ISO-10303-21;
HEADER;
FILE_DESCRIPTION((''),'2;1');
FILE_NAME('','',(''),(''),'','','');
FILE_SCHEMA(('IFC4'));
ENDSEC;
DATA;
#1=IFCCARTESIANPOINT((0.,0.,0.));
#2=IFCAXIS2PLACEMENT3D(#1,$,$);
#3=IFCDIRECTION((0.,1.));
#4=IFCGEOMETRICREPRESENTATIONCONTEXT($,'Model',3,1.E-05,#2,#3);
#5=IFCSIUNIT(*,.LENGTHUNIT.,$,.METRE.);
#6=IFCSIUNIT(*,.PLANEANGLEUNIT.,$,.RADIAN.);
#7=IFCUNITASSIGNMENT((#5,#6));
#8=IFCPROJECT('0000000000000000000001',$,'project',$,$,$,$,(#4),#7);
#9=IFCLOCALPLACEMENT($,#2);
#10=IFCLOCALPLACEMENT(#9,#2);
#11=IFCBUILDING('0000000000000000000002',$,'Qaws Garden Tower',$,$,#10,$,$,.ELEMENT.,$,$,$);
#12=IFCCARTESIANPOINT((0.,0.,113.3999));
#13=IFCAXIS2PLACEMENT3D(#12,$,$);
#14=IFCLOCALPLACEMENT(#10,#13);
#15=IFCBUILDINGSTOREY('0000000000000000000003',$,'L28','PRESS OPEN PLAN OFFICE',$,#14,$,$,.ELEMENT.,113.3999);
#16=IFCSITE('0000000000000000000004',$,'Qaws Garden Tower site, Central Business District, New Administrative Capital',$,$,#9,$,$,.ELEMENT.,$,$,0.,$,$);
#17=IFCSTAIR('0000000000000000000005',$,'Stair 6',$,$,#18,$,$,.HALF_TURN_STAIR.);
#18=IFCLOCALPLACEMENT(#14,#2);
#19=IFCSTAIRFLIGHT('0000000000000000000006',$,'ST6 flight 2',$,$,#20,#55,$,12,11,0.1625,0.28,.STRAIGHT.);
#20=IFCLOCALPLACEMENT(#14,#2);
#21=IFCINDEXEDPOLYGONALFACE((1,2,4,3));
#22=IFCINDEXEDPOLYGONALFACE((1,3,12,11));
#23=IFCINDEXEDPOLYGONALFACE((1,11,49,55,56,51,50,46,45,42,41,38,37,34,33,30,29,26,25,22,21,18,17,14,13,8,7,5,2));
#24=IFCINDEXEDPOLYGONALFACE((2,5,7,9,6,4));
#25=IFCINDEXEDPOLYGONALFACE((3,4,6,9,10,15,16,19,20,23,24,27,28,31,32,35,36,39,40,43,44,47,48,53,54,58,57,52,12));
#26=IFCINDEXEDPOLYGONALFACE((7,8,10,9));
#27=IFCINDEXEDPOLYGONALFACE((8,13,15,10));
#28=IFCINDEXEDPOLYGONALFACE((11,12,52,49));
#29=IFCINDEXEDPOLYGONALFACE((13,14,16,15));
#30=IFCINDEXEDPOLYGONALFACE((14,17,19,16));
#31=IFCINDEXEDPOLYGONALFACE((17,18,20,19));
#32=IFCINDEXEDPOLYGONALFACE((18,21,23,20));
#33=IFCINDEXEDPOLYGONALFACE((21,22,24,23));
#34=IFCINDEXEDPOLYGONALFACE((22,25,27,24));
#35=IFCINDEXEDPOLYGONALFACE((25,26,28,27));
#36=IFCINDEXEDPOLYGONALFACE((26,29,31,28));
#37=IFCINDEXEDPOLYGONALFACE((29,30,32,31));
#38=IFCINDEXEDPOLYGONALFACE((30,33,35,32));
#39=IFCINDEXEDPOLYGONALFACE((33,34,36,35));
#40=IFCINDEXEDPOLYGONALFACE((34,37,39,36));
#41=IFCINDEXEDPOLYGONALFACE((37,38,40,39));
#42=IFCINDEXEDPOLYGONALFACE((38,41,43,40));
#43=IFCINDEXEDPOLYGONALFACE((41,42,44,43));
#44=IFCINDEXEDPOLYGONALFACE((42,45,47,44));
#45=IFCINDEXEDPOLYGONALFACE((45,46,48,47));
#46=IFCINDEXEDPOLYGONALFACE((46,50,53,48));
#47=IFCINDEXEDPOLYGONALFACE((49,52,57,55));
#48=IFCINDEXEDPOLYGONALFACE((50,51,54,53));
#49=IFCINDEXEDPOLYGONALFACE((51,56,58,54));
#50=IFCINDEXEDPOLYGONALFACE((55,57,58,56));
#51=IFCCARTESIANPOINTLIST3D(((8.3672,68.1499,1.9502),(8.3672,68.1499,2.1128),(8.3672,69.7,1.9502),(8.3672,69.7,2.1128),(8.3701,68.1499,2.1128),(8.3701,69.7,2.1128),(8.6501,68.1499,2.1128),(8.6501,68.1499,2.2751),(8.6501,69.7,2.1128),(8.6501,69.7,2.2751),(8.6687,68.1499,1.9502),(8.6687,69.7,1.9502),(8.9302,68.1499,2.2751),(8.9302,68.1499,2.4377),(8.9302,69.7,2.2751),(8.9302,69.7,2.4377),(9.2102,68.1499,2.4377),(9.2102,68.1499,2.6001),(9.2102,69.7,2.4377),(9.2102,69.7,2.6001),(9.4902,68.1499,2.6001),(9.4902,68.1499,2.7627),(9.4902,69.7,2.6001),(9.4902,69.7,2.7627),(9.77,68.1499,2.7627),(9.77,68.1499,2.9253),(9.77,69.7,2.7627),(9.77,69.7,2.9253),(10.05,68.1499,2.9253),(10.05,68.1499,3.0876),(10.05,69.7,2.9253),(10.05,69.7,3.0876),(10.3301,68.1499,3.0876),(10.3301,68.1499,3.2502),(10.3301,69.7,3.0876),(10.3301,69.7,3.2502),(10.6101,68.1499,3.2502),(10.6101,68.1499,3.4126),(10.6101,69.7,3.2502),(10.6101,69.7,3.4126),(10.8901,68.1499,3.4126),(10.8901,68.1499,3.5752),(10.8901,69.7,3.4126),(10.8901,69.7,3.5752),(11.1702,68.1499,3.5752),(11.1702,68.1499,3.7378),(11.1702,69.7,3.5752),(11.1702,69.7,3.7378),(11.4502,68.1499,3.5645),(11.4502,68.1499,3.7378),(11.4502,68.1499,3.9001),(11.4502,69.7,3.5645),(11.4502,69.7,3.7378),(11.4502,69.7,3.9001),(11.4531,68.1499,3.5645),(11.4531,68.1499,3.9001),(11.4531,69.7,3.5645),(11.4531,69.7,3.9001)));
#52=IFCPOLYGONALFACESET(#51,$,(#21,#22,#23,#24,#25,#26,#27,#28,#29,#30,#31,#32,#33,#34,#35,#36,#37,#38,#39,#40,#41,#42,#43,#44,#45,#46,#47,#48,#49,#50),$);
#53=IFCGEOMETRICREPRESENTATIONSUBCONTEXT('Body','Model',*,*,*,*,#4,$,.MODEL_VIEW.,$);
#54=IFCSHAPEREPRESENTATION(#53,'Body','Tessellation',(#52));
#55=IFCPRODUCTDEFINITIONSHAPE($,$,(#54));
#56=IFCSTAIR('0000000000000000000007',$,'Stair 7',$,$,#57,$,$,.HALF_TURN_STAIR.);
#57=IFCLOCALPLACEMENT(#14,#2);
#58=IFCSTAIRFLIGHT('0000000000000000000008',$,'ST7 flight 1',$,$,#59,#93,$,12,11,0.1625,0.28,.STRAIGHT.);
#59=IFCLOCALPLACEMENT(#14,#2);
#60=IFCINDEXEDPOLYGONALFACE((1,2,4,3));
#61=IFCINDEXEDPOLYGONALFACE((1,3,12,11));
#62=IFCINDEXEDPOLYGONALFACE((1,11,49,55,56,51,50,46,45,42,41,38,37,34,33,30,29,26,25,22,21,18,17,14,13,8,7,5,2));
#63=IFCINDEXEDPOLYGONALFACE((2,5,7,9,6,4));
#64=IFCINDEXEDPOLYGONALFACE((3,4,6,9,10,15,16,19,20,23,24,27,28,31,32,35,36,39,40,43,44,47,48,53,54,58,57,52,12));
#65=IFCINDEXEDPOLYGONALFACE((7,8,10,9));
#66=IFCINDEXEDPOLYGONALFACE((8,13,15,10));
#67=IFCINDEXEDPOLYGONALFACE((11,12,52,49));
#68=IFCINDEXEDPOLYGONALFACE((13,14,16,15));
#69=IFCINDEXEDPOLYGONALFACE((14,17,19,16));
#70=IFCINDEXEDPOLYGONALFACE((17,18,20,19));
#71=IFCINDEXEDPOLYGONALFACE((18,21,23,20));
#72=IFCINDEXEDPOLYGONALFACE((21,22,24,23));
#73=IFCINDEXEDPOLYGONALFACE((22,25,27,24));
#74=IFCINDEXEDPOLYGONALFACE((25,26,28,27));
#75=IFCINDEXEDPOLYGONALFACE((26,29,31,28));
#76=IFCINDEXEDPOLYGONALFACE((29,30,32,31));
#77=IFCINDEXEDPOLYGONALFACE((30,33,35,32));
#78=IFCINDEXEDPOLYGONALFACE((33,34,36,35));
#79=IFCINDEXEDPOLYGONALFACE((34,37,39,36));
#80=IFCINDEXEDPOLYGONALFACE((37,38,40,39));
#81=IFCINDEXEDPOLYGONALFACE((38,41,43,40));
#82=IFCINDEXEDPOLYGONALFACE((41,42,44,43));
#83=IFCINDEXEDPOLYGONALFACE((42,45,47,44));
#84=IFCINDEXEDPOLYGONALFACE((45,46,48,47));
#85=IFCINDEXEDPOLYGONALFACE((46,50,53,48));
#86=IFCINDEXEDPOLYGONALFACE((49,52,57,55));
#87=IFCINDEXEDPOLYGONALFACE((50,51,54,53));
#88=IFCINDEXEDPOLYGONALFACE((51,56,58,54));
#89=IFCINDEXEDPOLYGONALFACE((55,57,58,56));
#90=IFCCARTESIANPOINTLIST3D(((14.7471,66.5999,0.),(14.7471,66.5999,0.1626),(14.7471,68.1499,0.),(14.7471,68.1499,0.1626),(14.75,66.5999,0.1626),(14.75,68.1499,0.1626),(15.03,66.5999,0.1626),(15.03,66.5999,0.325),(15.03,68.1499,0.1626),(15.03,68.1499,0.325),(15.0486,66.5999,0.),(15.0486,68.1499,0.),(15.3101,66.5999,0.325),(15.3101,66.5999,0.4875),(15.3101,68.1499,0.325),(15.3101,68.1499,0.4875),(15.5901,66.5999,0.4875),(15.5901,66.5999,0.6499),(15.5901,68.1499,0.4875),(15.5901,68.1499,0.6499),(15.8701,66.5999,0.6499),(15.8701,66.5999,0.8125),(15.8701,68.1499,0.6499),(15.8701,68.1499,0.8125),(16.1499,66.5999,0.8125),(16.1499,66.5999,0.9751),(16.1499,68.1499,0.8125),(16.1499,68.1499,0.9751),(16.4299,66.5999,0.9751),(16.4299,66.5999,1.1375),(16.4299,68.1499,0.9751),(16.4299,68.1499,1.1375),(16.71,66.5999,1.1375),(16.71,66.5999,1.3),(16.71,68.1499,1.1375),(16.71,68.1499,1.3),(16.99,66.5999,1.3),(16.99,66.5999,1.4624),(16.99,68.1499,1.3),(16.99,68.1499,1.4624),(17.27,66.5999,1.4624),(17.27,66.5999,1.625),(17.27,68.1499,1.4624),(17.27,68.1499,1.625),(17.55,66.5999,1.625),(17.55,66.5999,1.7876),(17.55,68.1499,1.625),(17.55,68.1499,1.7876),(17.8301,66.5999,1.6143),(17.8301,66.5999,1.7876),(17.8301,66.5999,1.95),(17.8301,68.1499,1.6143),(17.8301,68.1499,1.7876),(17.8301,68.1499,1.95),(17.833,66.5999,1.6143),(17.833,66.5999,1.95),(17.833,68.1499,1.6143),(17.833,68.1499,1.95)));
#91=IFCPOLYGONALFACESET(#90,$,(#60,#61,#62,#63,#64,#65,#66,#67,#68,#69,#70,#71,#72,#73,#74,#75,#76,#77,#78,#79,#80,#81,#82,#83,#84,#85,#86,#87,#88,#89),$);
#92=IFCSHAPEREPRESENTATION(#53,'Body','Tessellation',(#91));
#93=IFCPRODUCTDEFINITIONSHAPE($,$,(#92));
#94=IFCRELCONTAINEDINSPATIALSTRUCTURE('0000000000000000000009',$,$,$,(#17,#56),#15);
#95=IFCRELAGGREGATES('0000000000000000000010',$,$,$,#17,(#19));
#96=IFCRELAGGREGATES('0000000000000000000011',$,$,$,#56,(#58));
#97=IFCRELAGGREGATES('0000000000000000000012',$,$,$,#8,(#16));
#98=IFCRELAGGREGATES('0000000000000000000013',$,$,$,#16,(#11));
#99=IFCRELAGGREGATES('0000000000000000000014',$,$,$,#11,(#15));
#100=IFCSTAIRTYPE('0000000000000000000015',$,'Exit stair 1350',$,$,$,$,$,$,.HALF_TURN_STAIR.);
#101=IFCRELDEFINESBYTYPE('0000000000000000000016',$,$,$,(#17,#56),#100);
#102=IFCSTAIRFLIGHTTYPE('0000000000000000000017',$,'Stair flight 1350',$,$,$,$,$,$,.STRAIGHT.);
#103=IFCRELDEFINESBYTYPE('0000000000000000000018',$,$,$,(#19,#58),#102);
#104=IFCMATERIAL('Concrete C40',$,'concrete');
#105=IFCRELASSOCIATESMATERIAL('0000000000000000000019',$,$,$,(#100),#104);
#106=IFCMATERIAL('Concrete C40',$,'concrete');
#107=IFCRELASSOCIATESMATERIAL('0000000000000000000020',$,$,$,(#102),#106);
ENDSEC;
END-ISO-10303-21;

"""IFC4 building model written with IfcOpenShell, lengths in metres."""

from ifc_helpers import new_model, si_unit, direction, frame, origin, place, context, subcontext, project, spatial, polyline, outline, extrude, material, type_object, element, aggregate, save


model = new_model("IFC4")

# Units and contexts
model_context = context("Model", 3, precision=1e-05, world=origin(), true_north=direction((0.0, 1.0)))
body_context = subcontext(model_context, "Body", "Model", "MODEL_VIEW")
ifc_project = project(units=[si_unit("LENGTHUNIT", "METRE"), si_unit("PLANEANGLEUNIT", "RADIAN")], contexts=[model_context])

# Site, building, storey
site_placement = place(None, origin())
site = spatial("IfcSite", under=ifc_project, at=site_placement, Name="Qaws Garden Tower site, Central Business District, New Administrative Capital", CompositionType="ELEMENT", RefElevation=0.0)
building_placement = place(site_placement, origin())
building = spatial("IfcBuilding", under=site, at=building_placement, Name="Qaws Garden Tower", CompositionType="ELEMENT")
storey_placement = place(building_placement, frame((0.0, 0.0, 113.3999)))
storey = spatial("IfcBuildingStorey", under=building, at=storey_placement, Name="L28", Description="PRESS OPEN PLAN OFFICE", CompositionType="ELEMENT", Elevation=113.3999)

# Stair, stair flight
ifc_material_1 = material(Name="Concrete C40", Category="concrete")
stair_type = type_object("IfcStairType", Name="Exit stair 1350", PredefinedType="HALF_TURN_STAIR", material=ifc_material_1)
placement = place(storey_placement, origin())
stair_1 = element("IfcStair", 1, at=placement, inside=storey, type_object=stair_type, Name="Stair 6", PredefinedType="HALF_TURN_STAIR")
ifc_material_2 = material(Name="Concrete C40", Category="concrete")
stair_flight_type = type_object("IfcStairFlightType", Name="Stair flight 1350", PredefinedType="STRAIGHT", material=ifc_material_2)
stair_flight_1_placement = place(storey_placement, frame((8.3701, 68.925, 1.9502), z_axis=(0.0, 0.0, 1.0), x_axis=(1.0, 0.0, 0.0)))
stair_flight_1 = element("IfcStairFlight", 2, at=stair_flight_1_placement, type_object=stair_flight_type, Name="ST6 flight 2", NumberOfRisers=12, NumberOfTreads=11, PredefinedType="STRAIGHT", RiserHeight=0.1625, TreadLength=0.28, context=body_context, shape_type="SweptSolid", body=[
    extrude(outline(polyline([(-0.0029, 0.0), (-0.0029, 0.1626), (0.0, 0.1626), (0.28, 0.1626), (0.28, 0.325), (0.5601, 0.325), (0.5601, 0.4875), (0.8401, 0.4875), (0.8401, 0.6499), (1.1201, 0.6499), (1.1201, 0.8125), (1.3999, 0.8125), (1.3999, 0.9751), (1.6799, 0.9751), (1.6799, 1.1375), (1.96, 1.1375), (1.96, 1.3), (2.24, 1.3), (2.24, 1.4624), (2.52, 1.4624), (2.52, 1.625), (2.8, 1.625), (2.8, 1.7876), (3.0801, 1.7876), (3.0801, 1.95), (3.083, 1.95), (3.083, 1.6143), (3.0801, 1.6143), (0.2986, 0.0), (-0.0029, 0.0)])), frame((0.0, 0.7749, 0.0), z_axis=(0.0, -1.0, 0.0), x_axis=(1.0, 0.0, 0.0)), (0.0, 0.0, 1.0), 1.55),
])
aggregate(stair_1, [stair_flight_1])

# Stair, stair flight
stair_2 = element("IfcStair", 3, at=placement, inside=storey, type_object=stair_type, Name="Stair 7", PredefinedType="HALF_TURN_STAIR")
stair_flight_2_placement = place(storey_placement, frame((14.75, 67.375, 0.0), z_axis=(0.0, 0.0, 1.0), x_axis=(1.0, 0.0, 0.0)))
stair_flight_2 = element("IfcStairFlight", 4, at=stair_flight_2_placement, type_object=stair_flight_type, Name="ST7 flight 1", NumberOfRisers=12, NumberOfTreads=11, PredefinedType="STRAIGHT", RiserHeight=0.1625, TreadLength=0.28, context=body_context, shape_type="SweptSolid", body=[
    extrude(outline(polyline([(-0.0029, 0.0), (-0.0029, 0.1626), (0.0, 0.1626), (0.28, 0.1626), (0.28, 0.325), (0.5601, 0.325), (0.5601, 0.4875), (0.8401, 0.4875), (0.8401, 0.6499), (1.1201, 0.6499), (1.1201, 0.8125), (1.3999, 0.8125), (1.3999, 0.9751), (1.6799, 0.9751), (1.6799, 1.1375), (1.96, 1.1375), (1.96, 1.3), (2.24, 1.3), (2.24, 1.4624), (2.52, 1.4624), (2.52, 1.625), (2.8, 1.625), (2.8, 1.7876), (3.0801, 1.7876), (3.0801, 1.95), (3.083, 1.95), (3.083, 1.6143), (3.0801, 1.6143), (0.2986, 0.0), (-0.0029, 0.0)])), frame((0.0, 0.7749, 0.0), z_axis=(0.0, -1.0, 0.0), x_axis=(1.0, 0.0, 0.0)), (0.0, 0.0, 1.0), 1.55),
])
aggregate(stair_2, [stair_flight_2])

save(model, "model.ifc")
